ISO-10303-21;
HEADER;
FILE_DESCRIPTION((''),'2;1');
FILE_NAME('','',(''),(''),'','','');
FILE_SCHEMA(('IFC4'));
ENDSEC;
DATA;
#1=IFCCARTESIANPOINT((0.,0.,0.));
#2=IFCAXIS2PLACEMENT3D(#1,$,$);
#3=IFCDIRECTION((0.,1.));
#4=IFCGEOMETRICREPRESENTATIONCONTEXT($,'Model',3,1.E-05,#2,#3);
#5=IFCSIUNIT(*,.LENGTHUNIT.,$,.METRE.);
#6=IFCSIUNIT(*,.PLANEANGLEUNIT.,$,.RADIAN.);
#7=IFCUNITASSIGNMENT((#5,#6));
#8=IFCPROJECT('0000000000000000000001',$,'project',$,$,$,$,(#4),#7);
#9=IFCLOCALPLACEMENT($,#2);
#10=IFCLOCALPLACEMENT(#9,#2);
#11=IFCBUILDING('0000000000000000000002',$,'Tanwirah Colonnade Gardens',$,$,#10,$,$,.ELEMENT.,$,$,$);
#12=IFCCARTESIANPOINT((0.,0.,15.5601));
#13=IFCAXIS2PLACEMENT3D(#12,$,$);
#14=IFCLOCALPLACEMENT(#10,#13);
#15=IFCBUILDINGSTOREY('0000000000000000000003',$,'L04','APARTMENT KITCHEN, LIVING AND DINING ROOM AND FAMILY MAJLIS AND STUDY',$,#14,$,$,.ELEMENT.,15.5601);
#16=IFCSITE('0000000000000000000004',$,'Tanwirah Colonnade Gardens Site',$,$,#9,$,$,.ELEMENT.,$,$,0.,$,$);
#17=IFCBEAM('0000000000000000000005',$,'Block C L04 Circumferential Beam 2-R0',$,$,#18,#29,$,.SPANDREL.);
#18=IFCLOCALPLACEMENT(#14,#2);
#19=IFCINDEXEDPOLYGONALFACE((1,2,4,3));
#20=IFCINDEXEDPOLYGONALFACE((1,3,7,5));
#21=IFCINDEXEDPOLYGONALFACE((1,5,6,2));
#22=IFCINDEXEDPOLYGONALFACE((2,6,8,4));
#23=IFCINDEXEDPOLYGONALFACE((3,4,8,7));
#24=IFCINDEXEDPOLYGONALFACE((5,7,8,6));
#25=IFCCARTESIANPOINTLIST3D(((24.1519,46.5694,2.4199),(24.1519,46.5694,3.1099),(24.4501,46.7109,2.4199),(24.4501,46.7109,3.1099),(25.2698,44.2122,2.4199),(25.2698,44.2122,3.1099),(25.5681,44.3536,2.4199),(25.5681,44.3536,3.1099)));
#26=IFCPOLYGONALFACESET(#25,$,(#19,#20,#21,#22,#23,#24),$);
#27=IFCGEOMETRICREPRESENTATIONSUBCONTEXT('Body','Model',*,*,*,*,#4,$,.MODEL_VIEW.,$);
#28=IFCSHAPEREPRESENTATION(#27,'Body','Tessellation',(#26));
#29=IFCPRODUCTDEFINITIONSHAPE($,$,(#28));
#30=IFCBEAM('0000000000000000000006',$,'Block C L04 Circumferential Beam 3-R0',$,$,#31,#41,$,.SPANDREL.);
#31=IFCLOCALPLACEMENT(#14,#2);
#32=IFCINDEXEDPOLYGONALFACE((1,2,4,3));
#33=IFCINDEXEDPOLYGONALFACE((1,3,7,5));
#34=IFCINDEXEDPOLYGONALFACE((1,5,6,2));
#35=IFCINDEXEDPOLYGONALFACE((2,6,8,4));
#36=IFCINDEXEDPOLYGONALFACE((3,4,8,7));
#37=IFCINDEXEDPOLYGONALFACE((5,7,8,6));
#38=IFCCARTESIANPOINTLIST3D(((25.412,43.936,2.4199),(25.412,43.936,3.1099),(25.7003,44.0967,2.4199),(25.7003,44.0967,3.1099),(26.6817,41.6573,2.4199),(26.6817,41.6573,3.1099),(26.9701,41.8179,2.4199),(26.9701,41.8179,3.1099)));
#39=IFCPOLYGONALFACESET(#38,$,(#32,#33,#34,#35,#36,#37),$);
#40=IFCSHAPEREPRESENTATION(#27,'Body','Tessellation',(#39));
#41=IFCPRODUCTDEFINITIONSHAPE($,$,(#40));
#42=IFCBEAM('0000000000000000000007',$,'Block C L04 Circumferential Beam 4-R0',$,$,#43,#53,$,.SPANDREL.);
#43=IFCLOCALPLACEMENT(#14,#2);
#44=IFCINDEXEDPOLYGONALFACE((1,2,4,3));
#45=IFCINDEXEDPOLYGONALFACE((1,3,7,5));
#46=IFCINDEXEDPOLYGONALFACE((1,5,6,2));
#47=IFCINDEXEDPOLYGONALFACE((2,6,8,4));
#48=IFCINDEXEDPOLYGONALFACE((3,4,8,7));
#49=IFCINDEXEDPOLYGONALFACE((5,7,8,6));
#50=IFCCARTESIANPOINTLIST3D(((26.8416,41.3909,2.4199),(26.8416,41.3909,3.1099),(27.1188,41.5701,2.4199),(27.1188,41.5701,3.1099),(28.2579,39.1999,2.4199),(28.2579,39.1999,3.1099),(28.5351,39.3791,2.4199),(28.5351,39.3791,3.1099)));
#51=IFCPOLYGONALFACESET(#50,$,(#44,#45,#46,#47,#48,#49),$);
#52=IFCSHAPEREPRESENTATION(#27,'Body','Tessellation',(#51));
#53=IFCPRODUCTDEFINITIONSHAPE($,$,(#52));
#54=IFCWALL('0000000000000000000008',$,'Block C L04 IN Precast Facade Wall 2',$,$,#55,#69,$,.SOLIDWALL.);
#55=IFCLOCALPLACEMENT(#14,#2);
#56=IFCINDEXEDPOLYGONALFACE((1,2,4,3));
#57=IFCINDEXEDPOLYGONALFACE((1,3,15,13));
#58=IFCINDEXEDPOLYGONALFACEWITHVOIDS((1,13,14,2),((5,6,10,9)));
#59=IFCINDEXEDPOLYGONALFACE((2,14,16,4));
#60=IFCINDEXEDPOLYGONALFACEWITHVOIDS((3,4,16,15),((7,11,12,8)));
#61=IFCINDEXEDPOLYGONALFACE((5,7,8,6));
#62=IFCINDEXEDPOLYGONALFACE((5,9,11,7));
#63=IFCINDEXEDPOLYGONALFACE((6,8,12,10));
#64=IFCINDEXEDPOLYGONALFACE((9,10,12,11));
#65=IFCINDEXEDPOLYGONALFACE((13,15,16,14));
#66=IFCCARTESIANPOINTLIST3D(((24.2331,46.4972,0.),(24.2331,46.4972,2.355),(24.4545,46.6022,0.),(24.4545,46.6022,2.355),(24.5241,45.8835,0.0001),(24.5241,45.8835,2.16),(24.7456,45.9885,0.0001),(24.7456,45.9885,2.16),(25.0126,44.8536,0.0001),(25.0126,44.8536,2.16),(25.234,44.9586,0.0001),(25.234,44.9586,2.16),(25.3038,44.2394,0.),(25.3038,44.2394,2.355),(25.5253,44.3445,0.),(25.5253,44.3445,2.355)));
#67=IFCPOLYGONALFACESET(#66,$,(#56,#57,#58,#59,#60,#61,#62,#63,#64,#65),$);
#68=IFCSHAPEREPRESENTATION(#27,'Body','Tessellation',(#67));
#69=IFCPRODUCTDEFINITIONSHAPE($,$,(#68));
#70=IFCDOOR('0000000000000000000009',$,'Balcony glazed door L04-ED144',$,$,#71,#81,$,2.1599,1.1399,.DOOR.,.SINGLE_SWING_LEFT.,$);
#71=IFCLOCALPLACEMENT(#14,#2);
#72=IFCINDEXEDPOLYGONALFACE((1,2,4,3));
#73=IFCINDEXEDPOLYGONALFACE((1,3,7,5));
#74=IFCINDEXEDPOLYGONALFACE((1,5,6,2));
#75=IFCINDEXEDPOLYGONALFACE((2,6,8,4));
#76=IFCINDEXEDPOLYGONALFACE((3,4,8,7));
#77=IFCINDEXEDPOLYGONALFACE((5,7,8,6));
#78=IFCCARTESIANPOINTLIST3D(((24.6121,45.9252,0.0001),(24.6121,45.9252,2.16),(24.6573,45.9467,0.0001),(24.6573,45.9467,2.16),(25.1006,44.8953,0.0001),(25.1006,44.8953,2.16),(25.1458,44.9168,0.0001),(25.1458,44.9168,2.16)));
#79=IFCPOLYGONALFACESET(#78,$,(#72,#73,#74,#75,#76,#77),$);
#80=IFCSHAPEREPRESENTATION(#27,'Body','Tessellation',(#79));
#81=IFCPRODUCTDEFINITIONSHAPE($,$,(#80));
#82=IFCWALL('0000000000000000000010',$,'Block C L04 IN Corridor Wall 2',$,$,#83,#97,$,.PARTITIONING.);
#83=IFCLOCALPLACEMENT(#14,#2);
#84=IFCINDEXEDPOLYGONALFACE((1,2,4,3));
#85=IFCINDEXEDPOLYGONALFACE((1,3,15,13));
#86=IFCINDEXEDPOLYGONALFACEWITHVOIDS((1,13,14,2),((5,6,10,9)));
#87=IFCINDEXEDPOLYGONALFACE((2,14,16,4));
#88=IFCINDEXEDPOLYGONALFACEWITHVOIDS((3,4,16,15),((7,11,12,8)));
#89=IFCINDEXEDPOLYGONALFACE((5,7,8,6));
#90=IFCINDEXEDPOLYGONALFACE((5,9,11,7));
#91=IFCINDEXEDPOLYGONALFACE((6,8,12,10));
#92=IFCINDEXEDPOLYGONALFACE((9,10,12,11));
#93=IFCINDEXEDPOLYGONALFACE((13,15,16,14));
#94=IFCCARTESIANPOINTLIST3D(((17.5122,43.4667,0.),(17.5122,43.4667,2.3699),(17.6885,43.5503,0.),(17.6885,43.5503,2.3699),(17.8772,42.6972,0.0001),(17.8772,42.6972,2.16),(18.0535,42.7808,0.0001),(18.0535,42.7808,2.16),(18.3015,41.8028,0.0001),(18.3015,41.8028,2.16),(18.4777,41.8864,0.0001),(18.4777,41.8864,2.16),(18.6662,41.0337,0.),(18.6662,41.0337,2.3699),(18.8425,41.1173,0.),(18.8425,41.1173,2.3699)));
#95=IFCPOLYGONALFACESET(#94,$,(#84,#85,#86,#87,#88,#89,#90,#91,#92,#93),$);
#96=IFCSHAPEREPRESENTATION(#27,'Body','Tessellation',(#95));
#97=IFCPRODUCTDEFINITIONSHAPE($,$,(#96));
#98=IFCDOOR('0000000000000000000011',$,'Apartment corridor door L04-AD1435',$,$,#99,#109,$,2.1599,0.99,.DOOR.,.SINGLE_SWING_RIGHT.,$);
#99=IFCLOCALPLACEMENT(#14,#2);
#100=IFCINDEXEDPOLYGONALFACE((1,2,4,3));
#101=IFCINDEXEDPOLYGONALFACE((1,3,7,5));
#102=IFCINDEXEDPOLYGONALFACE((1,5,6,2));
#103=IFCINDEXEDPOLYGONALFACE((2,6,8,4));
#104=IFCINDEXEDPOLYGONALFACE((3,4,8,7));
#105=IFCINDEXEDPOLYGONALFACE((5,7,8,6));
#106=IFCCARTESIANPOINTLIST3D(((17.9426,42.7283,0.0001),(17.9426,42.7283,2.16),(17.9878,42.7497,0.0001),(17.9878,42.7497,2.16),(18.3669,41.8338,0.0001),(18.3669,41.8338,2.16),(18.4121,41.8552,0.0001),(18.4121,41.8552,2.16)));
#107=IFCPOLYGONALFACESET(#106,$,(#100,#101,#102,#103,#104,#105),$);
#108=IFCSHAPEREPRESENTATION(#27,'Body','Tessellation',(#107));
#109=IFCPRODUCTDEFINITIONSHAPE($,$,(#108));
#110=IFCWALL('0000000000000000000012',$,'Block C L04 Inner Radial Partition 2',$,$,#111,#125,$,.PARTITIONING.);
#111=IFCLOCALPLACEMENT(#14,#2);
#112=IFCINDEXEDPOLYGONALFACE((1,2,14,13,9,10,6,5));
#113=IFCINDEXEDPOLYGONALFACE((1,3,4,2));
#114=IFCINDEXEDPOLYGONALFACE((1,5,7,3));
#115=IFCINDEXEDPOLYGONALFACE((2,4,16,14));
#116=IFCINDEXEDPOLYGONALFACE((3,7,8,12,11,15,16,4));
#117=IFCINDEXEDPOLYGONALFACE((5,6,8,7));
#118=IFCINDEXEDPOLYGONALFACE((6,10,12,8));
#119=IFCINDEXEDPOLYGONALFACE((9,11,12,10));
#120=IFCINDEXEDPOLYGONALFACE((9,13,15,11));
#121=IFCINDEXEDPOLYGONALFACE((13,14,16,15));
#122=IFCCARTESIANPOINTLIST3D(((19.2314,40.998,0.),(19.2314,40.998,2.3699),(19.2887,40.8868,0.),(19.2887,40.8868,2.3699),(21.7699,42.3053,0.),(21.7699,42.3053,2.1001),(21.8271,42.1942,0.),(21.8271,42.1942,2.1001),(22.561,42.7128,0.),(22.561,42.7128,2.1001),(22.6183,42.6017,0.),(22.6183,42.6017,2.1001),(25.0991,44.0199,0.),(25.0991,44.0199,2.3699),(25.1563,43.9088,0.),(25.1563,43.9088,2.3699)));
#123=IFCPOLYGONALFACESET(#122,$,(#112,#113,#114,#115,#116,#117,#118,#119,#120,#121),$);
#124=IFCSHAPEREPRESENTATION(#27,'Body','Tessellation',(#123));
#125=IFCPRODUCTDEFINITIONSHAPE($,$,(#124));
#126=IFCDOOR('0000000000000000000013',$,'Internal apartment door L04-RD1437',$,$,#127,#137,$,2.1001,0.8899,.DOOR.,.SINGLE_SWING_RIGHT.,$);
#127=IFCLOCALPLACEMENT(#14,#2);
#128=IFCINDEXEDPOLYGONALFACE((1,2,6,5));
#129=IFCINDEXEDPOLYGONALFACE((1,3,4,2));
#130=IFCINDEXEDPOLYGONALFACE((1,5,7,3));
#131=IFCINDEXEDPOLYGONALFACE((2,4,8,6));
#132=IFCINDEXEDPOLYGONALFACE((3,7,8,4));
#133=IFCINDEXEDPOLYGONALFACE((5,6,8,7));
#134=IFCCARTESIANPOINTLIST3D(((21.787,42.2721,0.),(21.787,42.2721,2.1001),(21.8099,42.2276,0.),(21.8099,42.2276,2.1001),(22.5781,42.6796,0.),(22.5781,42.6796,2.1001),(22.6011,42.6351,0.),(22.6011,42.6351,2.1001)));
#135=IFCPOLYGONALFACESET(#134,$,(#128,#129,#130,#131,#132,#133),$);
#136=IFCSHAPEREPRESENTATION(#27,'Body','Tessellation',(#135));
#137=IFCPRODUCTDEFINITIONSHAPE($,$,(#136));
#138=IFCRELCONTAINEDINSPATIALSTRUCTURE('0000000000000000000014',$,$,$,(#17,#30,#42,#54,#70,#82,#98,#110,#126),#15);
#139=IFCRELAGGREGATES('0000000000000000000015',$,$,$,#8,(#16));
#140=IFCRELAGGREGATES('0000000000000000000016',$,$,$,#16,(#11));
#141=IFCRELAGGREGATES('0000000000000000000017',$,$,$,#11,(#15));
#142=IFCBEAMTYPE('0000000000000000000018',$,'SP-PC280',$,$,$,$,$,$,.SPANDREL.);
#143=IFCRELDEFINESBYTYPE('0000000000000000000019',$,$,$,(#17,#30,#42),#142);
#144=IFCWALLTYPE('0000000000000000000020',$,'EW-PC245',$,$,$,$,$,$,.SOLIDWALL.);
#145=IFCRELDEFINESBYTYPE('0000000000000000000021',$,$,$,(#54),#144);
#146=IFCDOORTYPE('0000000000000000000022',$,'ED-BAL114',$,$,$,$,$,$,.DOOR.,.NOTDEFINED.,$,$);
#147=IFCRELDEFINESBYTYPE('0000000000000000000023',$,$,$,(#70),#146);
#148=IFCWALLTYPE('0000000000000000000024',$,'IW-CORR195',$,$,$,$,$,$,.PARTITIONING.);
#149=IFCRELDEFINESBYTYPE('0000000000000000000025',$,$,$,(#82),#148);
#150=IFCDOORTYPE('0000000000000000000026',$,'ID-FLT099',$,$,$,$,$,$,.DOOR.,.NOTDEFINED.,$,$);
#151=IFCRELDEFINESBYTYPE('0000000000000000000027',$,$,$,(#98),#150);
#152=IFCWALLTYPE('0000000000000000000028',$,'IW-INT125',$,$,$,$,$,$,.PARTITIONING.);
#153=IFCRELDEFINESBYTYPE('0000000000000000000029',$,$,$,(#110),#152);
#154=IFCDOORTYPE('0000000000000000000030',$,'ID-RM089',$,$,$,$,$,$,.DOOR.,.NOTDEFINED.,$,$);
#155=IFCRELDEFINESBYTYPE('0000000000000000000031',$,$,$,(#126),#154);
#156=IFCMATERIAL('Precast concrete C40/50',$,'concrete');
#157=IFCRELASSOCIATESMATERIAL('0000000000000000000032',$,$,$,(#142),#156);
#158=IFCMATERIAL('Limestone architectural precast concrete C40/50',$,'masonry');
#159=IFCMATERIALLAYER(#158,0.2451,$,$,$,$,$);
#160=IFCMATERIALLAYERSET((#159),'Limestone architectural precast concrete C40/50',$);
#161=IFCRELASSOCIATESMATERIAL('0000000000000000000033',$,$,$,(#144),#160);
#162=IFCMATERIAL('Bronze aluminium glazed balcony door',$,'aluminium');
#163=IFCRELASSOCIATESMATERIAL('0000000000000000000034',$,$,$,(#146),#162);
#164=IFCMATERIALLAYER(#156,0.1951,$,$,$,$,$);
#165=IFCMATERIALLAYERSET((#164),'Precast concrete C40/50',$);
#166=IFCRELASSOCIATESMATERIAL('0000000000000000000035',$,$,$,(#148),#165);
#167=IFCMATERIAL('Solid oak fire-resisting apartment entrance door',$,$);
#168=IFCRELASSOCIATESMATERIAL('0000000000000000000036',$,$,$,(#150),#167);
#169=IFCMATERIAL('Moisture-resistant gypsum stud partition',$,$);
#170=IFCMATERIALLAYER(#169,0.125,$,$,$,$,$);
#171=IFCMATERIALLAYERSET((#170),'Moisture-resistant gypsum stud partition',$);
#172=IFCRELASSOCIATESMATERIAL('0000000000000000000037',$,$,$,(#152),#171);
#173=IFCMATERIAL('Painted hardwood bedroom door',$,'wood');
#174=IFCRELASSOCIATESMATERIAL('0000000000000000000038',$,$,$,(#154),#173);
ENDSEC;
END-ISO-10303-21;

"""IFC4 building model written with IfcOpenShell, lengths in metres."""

from ifc_helpers import new_model, si_unit, direction, frame, frame_2d, origin, origin_2d, place, context, subcontext, project, spatial, rectangle, extrude, material, layer, layer_set, material_profile, profile_set, type_object, element, fill, save


model = new_model("IFC4")

# Units and contexts
model_context = context("Model", 3, precision=1e-05, world=origin(), true_north=direction((0.0, 1.0)))
body_context = subcontext(model_context, "Body", "Model", "MODEL_VIEW")
ifc_project = project(units=[si_unit("LENGTHUNIT", "METRE"), si_unit("PLANEANGLEUNIT", "RADIAN")], contexts=[model_context])

# Site, building, storey
site_placement = place(None, origin())
site = spatial("IfcSite", under=ifc_project, at=site_placement, Name="Tanwirah Colonnade Gardens Site", CompositionType="ELEMENT", RefElevation=0.0)
building_placement = place(site_placement, origin())
building = spatial("IfcBuilding", under=site, at=building_placement, Name="Tanwirah Colonnade Gardens", CompositionType="ELEMENT")
storey_placement = place(building_placement, frame((0.0, 0.0, 15.5601)))
storey = spatial("IfcBuildingStorey", under=building, at=storey_placement, Name="L04", Description="APARTMENT KITCHEN, LIVING AND DINING ROOM AND FAMILY MAJLIS AND STUDY", CompositionType="ELEMENT", Elevation=15.5601)

# Shared definitions
ifc_material_1 = material(Name="Precast concrete C40/50", Category="concrete")

# Beams
ifc_material_profile_1 = material_profile(ifc_material_1, rectangle(XDim=0.3301, YDim=0.6899, at=origin_2d()), Name="PC-SP 330x690")
ifc_profile_set_1 = profile_set([ifc_material_profile_1], Name="Precast concrete C40/50")
beam_type_1 = type_object("IfcBeamType", Name="SP-PC280", PredefinedType="SPANDREL", material=ifc_profile_set_1)
beam_1_placement = place(storey_placement, frame((24.301, 46.6401, 2.7649), z_axis=(0.428513, -0.903536, 0.0), x_axis=(0.903536, 0.428513, 0.0)))
element("IfcBeam", 1, at=beam_1_placement, inside=storey, type_object=beam_type_1, Name="Block C L04 Circumferential Beam 2-R0", PredefinedType="SPANDREL", context=body_context, shape_type="SweptSolid", body=[
    extrude(rectangle(XDim=0.3301, YDim=0.6899, at=origin_2d()), origin(), (0.0, 0.0, 1.0), 2.6089),
])
beam_2_placement = place(storey_placement, frame((25.5562, 44.0164, 2.7649), z_axis=(0.486747, -0.873543, 0.0), x_axis=(0.873543, 0.486747, 0.0)))
element("IfcBeam", 2, at=beam_2_placement, inside=storey, type_object=beam_type_1, Name="Block C L04 Circumferential Beam 3-R0", PredefinedType="SPANDREL", context=body_context, shape_type="SweptSolid", body=[
    extrude(rectangle(XDim=0.3301, YDim=0.6899, at=origin_2d()), origin(), (0.0, 0.0, 1.0), 2.6086),
])
beam_3_placement = place(storey_placement, frame((26.9802, 41.4805, 2.7649), z_axis=(0.542875, -0.839814, 0.0), x_axis=(0.839814, 0.542875, 0.0)))
element("IfcBeam", 3, at=beam_3_placement, inside=storey, type_object=beam_type_1, Name="Block C L04 Circumferential Beam 4-R0", PredefinedType="SPANDREL", context=body_context, shape_type="SweptSolid", body=[
    extrude(rectangle(XDim=0.3301, YDim=0.6899, at=origin_2d()), origin(), (0.0, 0.0, 1.0), 2.6089),
])

# Walls, openings, doors
ifc_material_2 = material(Name="Limestone architectural precast concrete C40/50", Category="masonry")
ifc_layer_1 = layer(ifc_material_2, 0.2451)
ifc_layer_set_1 = layer_set([ifc_layer_1], Name="Limestone architectural precast concrete C40/50")
wall_type_1 = type_object("IfcWallType", Name="EW-PC245", PredefinedType="SOLIDWALL", material=ifc_layer_set_1)
wall_1_placement = place(storey_placement, frame((24.3438, 46.5498, 0.0), z_axis=(0.0, 0.0, 1.0), x_axis=(0.428515, -0.903535, 0.0)))
wall_1 = element("IfcWall", 4, at=wall_1_placement, inside=storey, type_object=wall_type_1, Name="Block C L04 IN Precast Facade Wall 2", PredefinedType="SOLIDWALL", context=body_context, shape_type="SweptSolid", body=[
    extrude(rectangle(XDim=2.4988, YDim=0.2451, at=frame_2d((1.2495, 0.0))), origin(), (0.0, 0.0, 1.0), 2.355),
])
opening_1_placement = place(wall_1_placement, frame((0.6794, 0.0, 0.0)))
opening_1 = element("IfcOpeningElement", 5, at=opening_1_placement, cuts=wall_1, PredefinedType="OPENING", context=body_context, shape_type="SweptSolid", body=[
    extrude(rectangle(XDim=1.1399, YDim=2.1599, at=frame_2d((0.5698, 1.0801))), frame((0.0, 0.1326, 0.0), z_axis=(0.0, -1.0, 0.0), x_axis=(1.0, 0.0, 0.0)), (0.0, 0.0, 1.0), 0.2651),
])
ifc_material_3 = material(Name="Bronze aluminium glazed balcony door", Category="aluminium")
door_type_1 = type_object("IfcDoorType", Name="ED-BAL114", OperationType="NOTDEFINED", PredefinedType="DOOR", material=ifc_material_3)
door_1_placement = place(opening_1_placement, origin())
door_1 = element("IfcDoor", 6, at=door_1_placement, inside=storey, type_object=door_type_1, Name="Balcony glazed door L04-ED144", OperationType="SINGLE_SWING_LEFT", OverallHeight=2.1599, OverallWidth=1.1399, PredefinedType="DOOR", context=body_context, shape_type="SweptSolid", body=[
    extrude(rectangle(XDim=1.1399, YDim=2.1599, at=frame_2d((0.5698, 1.0801))), frame((0.0, 0.0249, 0.0), z_axis=(0.0, -1.0, 0.0), x_axis=(1.0, 0.0, 0.0)), (0.0, 0.0, 1.0), 0.05),
])
fill(opening_1, door_1)
ifc_layer_2 = layer(ifc_material_1, 0.1951)
ifc_layer_set_2 = layer_set([ifc_layer_2], Name="Precast concrete C40/50")
wall_type_2 = type_object("IfcWallType", Name="IW-CORR195", PredefinedType="PARTITIONING", material=ifc_layer_set_2)
wall_2_placement = place(storey_placement, frame((17.6003, 43.5085, 0.0), z_axis=(0.0, 0.0, 1.0), x_axis=(0.42855, -0.903518, 0.0)))
wall_2 = element("IfcWall", 7, at=wall_2_placement, inside=storey, type_object=wall_type_2, Name="Block C L04 IN Corridor Wall 2", PredefinedType="PARTITIONING", context=body_context, shape_type="SweptSolid", body=[
    extrude(rectangle(XDim=2.6929, YDim=0.1951, at=frame_2d((1.3464, 0.0))), origin(), (0.0, 0.0, 1.0), 2.3699),
])
opening_2_placement = place(wall_2_placement, frame((0.8516, 0.0, 0.0)))
opening_2 = element("IfcOpeningElement", 8, at=opening_2_placement, cuts=wall_2, PredefinedType="OPENING", context=body_context, shape_type="SweptSolid", body=[
    extrude(rectangle(XDim=0.99, YDim=2.1599, at=frame_2d((0.4951, 1.0801))), frame((0.0, 0.1074, 0.0), z_axis=(0.0, -1.0, 0.0), x_axis=(1.0, 0.0, 0.0)), (0.0, 0.0, 1.0), 0.2151),
])
ifc_material_4 = material(Name="Solid oak fire-resisting apartment entrance door")
door_type_2 = type_object("IfcDoorType", Name="ID-FLT099", OperationType="NOTDEFINED", PredefinedType="DOOR", material=ifc_material_4)
door_2_placement = place(opening_2_placement, origin())
door_2 = element("IfcDoor", 9, at=door_2_placement, inside=storey, type_object=door_type_2, Name="Apartment corridor door L04-AD1435", OperationType="SINGLE_SWING_RIGHT", OverallHeight=2.1599, OverallWidth=0.99, PredefinedType="DOOR", context=body_context, shape_type="SweptSolid", body=[
    extrude(rectangle(XDim=0.99, YDim=2.1599, at=frame_2d((0.4951, 1.0801))), frame((0.0, 0.0249, 0.0), z_axis=(0.0, -1.0, 0.0), x_axis=(1.0, 0.0, 0.0)), (0.0, 0.0, 1.0), 0.05),
])
fill(opening_2, door_2)
ifc_material_5 = material(Name="Moisture-resistant gypsum stud partition")
ifc_layer_3 = layer(ifc_material_5, 0.125)
ifc_layer_set_3 = layer_set([ifc_layer_3], Name="Moisture-resistant gypsum stud partition")
wall_type_3 = type_object("IfcWallType", Name="IW-INT125", PredefinedType="PARTITIONING", material=ifc_layer_set_3)
wall_3_placement = place(storey_placement, frame((25.1277, 43.9644, 0.0), z_axis=(0.0, 0.0, 1.0), x_axis=(-0.889022, -0.457864, 0.0)))
wall_3 = element("IfcWall", 10, at=wall_3_placement, inside=storey, type_object=wall_type_3, Name="Block C L04 Inner Radial Partition 2", PredefinedType="PARTITIONING", context=body_context, shape_type="SweptSolid", body=[
    extrude(rectangle(XDim=6.6001, YDim=0.125, at=frame_2d((3.3, 0.0))), origin(), (0.0, 0.0, 1.0), 2.3699),
])
opening_3_placement = place(wall_3_placement, frame((2.855, 0.0, 0.0)))
opening_3 = element("IfcOpeningElement", 11, at=opening_3_placement, cuts=wall_3, PredefinedType="OPENING", context=body_context, shape_type="SweptSolid", body=[
    extrude(rectangle(XDim=0.8899, YDim=2.1001, at=frame_2d((0.4448, 1.05))), frame((0.0, 0.0725, 0.0), z_axis=(0.0, -1.0, 0.0), x_axis=(1.0, 0.0, 0.0)), (0.0, 0.0, 1.0), 0.145),
])
ifc_material_6 = material(Name="Painted hardwood bedroom door", Category="wood")
door_type_3 = type_object("IfcDoorType", Name="ID-RM089", OperationType="NOTDEFINED", PredefinedType="DOOR", material=ifc_material_6)
door_3_placement = place(opening_3_placement, origin())
door_3 = element("IfcDoor", 12, at=door_3_placement, inside=storey, type_object=door_type_3, Name="Internal apartment door L04-RD1437", OperationType="SINGLE_SWING_RIGHT", OverallHeight=2.1001, OverallWidth=0.8899, PredefinedType="DOOR", context=body_context, shape_type="SweptSolid", body=[
    extrude(rectangle(XDim=0.8899, YDim=2.1001, at=frame_2d((0.4448, 1.05))), frame((0.0, 0.0249, 0.0), z_axis=(0.0, -1.0, 0.0), x_axis=(1.0, 0.0, 0.0)), (0.0, 0.0, 1.0), 0.05),
])
fill(opening_3, door_3)

save(model, "model.ifc")
